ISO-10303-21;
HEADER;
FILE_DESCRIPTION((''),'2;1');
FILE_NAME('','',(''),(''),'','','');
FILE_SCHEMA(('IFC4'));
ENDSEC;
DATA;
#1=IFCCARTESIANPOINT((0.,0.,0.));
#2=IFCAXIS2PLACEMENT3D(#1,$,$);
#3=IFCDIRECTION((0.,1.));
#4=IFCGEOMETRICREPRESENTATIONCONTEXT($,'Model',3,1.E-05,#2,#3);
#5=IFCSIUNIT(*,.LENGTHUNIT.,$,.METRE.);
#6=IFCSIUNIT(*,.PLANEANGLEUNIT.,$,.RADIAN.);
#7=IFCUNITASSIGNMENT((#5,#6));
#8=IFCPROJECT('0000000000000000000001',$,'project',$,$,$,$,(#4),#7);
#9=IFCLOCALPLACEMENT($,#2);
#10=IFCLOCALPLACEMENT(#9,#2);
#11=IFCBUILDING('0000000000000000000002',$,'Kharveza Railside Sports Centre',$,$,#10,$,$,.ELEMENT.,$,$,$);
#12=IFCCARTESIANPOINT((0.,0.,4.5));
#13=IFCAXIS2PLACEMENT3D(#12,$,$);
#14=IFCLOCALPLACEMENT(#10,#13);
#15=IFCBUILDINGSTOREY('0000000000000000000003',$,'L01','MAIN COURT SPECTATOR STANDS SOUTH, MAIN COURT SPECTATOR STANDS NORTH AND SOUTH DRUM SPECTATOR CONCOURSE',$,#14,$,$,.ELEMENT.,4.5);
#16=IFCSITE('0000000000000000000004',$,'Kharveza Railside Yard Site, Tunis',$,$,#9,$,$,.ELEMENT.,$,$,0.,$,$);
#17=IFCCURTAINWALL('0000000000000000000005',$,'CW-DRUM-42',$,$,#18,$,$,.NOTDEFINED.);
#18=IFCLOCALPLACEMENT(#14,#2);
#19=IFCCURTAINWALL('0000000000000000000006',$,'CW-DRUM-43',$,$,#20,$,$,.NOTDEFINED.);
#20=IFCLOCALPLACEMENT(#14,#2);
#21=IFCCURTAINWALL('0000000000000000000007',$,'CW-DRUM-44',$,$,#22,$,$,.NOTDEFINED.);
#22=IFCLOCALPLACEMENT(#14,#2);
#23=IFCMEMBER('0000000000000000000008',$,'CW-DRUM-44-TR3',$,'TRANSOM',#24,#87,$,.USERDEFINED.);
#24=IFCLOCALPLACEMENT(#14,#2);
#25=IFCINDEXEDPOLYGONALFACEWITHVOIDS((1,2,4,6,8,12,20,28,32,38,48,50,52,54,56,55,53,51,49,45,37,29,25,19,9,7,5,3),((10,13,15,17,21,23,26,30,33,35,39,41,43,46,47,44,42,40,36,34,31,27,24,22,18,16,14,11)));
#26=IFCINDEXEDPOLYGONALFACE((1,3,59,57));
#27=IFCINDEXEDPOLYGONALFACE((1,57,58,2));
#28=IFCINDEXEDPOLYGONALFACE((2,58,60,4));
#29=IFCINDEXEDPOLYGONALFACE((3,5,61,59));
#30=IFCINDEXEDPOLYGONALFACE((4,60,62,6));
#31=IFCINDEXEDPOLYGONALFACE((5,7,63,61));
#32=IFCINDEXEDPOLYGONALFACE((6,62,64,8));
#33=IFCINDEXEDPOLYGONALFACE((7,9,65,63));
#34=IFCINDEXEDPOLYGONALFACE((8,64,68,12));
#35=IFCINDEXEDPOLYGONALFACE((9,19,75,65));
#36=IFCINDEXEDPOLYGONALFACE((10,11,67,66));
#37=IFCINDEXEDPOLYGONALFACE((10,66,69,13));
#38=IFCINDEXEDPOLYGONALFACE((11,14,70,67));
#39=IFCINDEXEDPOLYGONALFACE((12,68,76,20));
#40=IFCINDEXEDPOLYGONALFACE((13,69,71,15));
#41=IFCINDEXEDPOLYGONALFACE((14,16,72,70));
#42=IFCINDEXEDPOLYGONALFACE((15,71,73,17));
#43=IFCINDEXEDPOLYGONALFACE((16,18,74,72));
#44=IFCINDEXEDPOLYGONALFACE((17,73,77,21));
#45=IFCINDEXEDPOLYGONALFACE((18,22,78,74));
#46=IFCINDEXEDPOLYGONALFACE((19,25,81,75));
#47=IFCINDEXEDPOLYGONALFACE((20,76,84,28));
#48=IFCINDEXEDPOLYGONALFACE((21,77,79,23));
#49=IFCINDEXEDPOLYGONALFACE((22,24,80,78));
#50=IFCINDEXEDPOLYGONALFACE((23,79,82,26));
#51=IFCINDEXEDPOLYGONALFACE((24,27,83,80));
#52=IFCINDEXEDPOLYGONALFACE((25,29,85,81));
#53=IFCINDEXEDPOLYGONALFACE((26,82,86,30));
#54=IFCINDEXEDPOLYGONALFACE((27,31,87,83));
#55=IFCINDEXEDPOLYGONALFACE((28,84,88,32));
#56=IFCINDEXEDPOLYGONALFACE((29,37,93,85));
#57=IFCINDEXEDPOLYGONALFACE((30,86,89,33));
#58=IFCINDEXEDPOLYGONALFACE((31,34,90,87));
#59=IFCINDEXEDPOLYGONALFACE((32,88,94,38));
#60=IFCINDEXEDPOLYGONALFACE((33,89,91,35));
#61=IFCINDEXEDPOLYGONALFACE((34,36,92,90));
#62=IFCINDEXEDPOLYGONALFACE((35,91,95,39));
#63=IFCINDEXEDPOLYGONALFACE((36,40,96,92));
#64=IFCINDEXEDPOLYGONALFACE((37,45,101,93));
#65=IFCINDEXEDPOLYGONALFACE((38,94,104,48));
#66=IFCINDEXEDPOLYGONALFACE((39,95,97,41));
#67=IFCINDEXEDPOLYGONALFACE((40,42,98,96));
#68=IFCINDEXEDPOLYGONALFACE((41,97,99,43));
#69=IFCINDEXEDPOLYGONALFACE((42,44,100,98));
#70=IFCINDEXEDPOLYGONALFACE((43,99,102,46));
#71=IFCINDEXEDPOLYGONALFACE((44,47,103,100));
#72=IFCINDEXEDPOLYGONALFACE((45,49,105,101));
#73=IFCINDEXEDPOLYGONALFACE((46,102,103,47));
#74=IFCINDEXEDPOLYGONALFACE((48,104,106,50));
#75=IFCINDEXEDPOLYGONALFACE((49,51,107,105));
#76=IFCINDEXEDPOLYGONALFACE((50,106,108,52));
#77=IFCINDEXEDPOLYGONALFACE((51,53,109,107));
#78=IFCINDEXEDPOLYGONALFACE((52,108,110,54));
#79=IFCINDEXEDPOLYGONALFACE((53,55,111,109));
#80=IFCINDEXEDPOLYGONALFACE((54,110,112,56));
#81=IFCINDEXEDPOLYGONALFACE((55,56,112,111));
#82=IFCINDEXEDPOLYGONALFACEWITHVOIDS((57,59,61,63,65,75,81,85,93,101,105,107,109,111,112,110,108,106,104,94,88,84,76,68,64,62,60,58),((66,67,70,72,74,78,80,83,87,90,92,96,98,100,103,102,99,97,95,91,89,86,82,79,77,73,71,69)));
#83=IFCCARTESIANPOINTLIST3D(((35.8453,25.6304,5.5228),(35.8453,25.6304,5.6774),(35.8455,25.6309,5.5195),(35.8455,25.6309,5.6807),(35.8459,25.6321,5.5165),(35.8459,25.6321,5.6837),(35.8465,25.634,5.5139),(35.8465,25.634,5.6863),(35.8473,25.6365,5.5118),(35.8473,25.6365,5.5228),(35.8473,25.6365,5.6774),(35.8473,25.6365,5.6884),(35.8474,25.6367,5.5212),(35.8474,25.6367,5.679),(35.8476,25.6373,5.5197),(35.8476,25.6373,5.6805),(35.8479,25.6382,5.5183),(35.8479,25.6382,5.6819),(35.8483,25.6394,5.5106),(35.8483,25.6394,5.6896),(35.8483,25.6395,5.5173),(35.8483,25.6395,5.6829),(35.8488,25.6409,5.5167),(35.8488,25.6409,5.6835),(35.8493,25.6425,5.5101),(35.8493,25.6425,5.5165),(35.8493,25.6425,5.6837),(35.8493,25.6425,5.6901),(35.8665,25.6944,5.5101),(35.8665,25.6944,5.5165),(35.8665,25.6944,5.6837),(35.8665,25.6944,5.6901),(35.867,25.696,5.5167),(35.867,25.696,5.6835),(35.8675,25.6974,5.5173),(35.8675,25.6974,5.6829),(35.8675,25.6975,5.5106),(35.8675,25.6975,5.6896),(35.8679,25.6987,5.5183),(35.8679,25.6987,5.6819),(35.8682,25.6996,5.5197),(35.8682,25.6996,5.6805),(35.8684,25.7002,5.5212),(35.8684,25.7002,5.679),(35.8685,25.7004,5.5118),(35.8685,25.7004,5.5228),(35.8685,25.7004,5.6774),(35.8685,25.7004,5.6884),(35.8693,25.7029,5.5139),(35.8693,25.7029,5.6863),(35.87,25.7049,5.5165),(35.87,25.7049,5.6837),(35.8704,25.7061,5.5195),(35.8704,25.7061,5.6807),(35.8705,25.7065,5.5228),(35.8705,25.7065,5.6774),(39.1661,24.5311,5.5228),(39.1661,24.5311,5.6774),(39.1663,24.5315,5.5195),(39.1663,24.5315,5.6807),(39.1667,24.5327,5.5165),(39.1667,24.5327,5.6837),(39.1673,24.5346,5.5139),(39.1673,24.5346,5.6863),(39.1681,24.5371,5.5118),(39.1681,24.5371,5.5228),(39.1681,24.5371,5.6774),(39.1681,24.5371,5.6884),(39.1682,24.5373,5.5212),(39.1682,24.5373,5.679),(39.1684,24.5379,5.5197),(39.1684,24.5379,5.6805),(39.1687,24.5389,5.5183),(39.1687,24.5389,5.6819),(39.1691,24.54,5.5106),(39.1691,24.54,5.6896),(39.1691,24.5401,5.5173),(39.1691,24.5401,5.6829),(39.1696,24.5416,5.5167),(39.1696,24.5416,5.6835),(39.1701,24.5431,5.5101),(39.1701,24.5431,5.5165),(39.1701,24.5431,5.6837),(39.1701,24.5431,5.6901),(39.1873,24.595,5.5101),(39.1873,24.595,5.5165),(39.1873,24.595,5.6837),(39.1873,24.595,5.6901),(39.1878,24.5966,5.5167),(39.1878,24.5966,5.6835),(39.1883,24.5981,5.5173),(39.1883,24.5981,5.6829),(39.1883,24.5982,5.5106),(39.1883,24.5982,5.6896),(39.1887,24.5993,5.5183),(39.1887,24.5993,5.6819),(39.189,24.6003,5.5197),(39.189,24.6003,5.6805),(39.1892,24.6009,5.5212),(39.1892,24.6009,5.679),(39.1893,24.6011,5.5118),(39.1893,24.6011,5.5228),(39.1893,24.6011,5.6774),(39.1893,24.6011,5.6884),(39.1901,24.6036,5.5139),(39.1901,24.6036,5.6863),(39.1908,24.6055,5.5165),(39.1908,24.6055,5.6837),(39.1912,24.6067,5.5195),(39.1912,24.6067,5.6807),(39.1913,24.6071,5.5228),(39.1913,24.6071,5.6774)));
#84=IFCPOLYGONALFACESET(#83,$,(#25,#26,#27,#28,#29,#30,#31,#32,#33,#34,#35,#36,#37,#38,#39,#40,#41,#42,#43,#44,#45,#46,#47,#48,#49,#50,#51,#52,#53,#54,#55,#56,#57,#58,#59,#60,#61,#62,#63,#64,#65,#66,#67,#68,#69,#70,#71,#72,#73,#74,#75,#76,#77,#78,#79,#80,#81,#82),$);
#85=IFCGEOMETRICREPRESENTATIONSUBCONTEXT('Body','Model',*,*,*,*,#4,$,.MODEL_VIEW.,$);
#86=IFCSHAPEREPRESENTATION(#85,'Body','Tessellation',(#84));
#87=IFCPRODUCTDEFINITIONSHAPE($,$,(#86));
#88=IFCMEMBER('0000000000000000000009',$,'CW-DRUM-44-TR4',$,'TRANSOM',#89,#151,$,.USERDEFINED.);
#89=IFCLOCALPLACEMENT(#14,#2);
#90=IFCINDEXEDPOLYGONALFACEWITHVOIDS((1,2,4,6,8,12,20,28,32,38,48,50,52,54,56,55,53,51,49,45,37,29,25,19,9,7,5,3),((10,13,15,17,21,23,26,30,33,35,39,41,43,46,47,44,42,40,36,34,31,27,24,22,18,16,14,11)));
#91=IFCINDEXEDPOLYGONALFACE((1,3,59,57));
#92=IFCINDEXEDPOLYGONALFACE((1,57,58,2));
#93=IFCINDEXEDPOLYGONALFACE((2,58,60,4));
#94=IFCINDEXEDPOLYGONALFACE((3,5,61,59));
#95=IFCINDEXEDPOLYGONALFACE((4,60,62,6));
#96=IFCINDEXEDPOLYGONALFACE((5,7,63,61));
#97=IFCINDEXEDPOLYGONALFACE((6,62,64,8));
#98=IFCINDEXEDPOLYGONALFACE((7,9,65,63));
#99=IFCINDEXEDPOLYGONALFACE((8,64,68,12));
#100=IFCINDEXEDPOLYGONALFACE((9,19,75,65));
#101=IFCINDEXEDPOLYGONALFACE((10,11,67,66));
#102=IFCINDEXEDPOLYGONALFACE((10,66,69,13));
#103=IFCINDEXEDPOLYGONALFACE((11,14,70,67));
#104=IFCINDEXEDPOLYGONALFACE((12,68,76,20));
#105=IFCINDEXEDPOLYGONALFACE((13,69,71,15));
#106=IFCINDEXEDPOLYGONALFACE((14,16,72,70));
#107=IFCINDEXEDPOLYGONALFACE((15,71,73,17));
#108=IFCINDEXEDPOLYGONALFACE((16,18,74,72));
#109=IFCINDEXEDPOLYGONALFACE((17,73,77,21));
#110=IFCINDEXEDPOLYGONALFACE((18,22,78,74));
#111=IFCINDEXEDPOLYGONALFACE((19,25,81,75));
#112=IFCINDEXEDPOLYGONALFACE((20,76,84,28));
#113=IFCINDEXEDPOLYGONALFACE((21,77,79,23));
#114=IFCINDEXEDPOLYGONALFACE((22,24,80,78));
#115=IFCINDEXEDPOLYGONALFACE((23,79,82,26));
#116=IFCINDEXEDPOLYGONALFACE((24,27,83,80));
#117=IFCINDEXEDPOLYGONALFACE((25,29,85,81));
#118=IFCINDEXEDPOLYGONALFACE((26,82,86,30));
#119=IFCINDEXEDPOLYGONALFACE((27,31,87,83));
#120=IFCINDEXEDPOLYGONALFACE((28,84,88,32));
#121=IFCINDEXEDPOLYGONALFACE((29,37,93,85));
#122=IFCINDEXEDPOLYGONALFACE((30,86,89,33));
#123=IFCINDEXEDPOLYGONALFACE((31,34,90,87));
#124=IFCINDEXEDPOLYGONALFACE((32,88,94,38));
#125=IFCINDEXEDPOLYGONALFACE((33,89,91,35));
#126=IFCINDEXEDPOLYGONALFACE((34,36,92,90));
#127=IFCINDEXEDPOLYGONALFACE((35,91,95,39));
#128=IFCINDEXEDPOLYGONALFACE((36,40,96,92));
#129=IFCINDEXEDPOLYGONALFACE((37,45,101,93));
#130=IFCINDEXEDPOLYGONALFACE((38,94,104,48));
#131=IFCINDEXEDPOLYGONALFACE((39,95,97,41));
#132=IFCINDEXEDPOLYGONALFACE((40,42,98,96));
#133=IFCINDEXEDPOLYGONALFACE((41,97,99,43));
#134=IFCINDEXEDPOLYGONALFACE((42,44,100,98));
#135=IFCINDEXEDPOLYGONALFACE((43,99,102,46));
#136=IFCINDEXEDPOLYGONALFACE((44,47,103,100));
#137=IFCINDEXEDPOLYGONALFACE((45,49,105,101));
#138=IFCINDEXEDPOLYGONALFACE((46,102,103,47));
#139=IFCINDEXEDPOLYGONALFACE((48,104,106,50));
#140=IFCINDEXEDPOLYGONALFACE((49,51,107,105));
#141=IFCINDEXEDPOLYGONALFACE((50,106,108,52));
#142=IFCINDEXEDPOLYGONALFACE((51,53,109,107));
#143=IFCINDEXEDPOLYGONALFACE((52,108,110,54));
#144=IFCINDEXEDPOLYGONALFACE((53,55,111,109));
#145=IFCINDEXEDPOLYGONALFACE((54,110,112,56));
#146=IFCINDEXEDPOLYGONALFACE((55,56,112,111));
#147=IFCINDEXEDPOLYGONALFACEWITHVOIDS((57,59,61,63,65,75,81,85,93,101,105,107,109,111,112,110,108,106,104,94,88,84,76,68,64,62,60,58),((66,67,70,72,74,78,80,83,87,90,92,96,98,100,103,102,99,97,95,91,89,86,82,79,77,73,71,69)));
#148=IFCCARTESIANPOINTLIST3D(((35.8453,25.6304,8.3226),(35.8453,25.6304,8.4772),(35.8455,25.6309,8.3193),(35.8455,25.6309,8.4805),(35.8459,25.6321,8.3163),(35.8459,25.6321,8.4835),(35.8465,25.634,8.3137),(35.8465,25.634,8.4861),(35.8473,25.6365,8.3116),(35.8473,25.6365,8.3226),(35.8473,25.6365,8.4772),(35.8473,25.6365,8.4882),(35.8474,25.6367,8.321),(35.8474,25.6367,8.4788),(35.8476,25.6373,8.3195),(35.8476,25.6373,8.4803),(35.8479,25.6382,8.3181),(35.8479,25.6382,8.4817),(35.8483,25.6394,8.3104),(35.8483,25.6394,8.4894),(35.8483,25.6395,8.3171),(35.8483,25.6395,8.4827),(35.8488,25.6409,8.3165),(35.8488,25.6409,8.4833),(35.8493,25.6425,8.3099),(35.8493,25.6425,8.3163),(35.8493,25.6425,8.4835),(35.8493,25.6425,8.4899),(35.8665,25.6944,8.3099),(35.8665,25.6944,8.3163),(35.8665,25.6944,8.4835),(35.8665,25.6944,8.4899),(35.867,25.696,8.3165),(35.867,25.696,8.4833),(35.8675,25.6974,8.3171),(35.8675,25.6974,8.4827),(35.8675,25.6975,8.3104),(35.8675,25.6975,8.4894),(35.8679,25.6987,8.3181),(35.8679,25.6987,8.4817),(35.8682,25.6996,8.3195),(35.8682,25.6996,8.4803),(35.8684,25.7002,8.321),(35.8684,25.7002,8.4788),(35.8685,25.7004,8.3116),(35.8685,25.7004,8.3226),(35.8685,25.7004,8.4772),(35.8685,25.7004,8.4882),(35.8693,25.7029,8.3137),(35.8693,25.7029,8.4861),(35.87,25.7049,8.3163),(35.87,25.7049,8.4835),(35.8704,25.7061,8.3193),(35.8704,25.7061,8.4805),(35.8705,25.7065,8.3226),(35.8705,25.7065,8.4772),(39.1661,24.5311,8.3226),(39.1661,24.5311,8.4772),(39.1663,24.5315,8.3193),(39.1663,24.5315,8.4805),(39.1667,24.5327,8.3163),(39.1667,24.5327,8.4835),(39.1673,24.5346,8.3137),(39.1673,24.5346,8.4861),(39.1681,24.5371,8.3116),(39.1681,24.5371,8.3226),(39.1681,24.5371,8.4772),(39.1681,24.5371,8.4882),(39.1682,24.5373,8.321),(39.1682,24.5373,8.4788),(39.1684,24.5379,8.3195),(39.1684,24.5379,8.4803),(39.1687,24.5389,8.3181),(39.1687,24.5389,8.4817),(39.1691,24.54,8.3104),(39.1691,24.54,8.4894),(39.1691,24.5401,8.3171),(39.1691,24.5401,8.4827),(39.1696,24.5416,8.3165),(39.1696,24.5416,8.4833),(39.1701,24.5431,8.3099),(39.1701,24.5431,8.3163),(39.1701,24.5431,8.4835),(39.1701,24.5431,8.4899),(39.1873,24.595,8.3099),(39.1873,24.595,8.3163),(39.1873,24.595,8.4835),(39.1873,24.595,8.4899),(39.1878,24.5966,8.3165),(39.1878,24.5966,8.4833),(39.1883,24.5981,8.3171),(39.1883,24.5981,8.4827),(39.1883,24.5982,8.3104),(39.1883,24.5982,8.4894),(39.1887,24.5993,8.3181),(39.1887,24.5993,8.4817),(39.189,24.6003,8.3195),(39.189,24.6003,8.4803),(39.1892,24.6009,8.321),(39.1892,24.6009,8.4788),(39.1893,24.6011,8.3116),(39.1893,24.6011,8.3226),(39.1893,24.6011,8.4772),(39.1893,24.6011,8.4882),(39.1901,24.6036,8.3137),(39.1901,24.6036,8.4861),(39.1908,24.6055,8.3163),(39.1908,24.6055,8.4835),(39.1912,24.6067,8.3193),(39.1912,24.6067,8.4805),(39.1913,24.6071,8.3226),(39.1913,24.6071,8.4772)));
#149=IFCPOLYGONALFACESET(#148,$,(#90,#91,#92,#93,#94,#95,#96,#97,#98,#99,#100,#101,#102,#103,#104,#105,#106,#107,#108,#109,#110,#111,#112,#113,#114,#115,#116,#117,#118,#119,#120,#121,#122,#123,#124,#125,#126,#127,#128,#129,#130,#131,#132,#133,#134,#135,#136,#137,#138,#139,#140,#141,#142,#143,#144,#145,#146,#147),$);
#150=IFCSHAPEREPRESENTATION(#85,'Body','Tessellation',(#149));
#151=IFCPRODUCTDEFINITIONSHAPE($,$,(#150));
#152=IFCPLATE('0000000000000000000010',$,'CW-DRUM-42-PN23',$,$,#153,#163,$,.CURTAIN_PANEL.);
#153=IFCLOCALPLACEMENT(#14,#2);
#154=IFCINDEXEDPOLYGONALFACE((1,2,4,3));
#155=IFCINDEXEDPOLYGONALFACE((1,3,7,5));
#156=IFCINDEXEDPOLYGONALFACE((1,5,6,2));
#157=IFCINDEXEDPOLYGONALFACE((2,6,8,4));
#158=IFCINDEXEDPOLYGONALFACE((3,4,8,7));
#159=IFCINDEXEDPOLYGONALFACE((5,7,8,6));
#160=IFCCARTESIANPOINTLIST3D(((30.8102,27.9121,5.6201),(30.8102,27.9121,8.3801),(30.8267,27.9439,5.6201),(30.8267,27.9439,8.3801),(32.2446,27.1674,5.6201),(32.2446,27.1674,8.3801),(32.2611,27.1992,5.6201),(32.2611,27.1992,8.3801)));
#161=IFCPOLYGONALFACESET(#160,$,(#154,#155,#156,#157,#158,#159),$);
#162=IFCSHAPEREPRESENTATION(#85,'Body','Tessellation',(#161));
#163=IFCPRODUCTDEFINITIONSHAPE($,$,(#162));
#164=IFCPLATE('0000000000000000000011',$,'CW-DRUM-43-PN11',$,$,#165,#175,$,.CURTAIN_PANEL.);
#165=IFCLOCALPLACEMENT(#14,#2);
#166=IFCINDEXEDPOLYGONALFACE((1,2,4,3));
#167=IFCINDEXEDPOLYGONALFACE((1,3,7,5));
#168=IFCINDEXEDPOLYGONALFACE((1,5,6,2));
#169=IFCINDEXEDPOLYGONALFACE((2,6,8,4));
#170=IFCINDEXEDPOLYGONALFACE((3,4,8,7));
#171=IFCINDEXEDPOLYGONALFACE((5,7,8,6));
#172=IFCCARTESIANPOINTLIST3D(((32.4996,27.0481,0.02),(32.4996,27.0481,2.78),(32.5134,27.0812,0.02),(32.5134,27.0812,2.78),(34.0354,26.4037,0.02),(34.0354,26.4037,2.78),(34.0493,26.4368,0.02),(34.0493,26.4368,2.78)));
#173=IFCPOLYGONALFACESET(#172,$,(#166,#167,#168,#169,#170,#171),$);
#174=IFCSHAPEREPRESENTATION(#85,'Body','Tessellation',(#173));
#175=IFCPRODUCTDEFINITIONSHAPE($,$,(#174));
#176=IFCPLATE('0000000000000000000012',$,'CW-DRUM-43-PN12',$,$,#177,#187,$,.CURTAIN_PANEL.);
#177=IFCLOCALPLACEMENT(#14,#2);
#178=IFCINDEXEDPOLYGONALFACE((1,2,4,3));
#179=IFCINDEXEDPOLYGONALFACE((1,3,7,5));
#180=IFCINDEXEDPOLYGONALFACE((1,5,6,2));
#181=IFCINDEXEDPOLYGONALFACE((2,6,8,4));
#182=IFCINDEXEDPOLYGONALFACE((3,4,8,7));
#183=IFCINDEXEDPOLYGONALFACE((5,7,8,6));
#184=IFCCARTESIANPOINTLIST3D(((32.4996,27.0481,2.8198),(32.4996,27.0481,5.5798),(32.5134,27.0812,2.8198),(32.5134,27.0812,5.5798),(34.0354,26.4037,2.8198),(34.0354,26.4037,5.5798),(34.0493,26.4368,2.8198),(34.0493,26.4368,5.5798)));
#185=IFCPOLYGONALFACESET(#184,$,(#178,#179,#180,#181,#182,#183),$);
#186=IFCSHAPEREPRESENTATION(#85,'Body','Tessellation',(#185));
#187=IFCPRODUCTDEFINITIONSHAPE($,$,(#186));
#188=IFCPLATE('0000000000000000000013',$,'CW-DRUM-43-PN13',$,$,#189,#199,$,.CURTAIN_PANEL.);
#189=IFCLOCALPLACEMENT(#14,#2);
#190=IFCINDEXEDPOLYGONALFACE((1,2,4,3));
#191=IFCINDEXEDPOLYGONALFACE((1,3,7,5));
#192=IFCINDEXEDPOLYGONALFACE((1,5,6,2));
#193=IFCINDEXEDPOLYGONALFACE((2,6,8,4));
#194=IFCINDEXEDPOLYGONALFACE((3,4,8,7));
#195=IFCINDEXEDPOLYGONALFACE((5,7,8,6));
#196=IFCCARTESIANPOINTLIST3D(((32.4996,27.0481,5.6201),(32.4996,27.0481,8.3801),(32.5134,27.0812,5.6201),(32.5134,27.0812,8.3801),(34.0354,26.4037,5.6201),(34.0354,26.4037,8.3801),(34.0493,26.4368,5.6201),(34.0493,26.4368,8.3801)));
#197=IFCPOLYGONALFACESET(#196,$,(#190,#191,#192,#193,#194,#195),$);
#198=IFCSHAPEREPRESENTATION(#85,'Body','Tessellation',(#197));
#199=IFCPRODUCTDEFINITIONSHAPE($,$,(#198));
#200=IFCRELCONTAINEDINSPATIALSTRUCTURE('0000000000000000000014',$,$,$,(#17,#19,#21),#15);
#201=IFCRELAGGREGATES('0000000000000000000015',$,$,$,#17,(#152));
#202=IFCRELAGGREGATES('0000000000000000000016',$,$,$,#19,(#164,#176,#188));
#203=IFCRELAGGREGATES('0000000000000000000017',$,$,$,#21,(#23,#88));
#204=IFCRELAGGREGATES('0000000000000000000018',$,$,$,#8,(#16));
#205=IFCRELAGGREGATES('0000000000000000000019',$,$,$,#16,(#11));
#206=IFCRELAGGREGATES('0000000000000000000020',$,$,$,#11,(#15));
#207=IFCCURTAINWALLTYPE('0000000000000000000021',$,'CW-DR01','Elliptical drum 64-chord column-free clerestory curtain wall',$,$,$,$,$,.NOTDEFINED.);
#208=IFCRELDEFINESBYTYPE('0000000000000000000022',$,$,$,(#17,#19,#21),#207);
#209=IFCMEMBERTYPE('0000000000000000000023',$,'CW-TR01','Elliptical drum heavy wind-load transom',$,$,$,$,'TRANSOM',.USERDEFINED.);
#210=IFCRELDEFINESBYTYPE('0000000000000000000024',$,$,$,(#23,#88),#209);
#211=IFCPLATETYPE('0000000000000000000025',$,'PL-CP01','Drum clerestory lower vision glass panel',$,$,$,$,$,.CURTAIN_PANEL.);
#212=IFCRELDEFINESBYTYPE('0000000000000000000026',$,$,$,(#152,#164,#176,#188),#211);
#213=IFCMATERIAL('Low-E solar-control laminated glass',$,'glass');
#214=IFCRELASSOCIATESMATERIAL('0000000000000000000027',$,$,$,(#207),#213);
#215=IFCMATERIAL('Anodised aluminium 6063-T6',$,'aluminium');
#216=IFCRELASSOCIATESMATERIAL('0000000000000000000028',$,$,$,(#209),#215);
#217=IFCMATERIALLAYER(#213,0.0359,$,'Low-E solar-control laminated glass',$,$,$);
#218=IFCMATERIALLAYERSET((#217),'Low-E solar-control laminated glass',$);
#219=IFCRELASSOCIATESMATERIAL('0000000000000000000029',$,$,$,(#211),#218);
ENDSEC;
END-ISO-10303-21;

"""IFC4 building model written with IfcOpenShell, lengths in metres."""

from ifc_helpers import new_model, si_unit, direction, frame, origin, origin_2d, place, context, subcontext, project, spatial, rectangle, hollow_rectangle, extrude, material, layer, layer_set, material_profile, profile_set, type_object, element, aggregate, save


model = new_model("IFC4")

# Units and contexts
model_context = context("Model", 3, precision=1e-05, world=origin(), true_north=direction((0.0, 1.0)))
body_context = subcontext(model_context, "Body", "Model", "MODEL_VIEW")
ifc_project = project(units=[si_unit("LENGTHUNIT", "METRE"), si_unit("PLANEANGLEUNIT", "RADIAN")], contexts=[model_context])

# Site, building, storey
site_placement = place(None, origin())
site = spatial("IfcSite", under=ifc_project, at=site_placement, Name="Kharveza Railside Yard Site, Tunis", CompositionType="ELEMENT", RefElevation=0.0)
building_placement = place(site_placement, origin())
building = spatial("IfcBuilding", under=site, at=building_placement, Name="Kharveza Railside Sports Centre", CompositionType="ELEMENT")
storey_placement = place(building_placement, frame((0.0, 0.0, 4.5)))
storey = spatial("IfcBuildingStorey", under=building, at=storey_placement, Name="L01", Description="MAIN COURT SPECTATOR STANDS SOUTH, MAIN COURT SPECTATOR STANDS NORTH AND SOUTH DRUM SPECTATOR CONCOURSE", CompositionType="ELEMENT", Elevation=4.5)

# Curtain wall
ifc_material_1 = material(Name="Low-E solar-control laminated glass", Category="glass")
curtain_wall_type = type_object("IfcCurtainWallType", Name="CW-DR01", Description="Elliptical drum 64-chord column-free clerestory curtain wall", PredefinedType="NOTDEFINED", material=ifc_material_1)
curtain_wall_1_placement = place(storey_placement, origin())
curtain_wall_1 = element("IfcCurtainWall", 1, at=curtain_wall_1_placement, inside=storey, type_object=curtain_wall_type, Name="CW-DRUM-42", PredefinedType="NOTDEFINED")
ifc_material_2 = material(Name="Anodised aluminium 6063-T6", Category="aluminium")

# Curtain walls
curtain_wall_2_placement = place(storey_placement, origin())
curtain_wall_2 = element("IfcCurtainWall", 2, at=curtain_wall_2_placement, inside=storey, type_object=curtain_wall_type, Name="CW-DRUM-43", PredefinedType="NOTDEFINED")
curtain_wall_3_placement = place(storey_placement, origin())
curtain_wall_3 = element("IfcCurtainWall", 3, at=curtain_wall_3_placement, inside=storey, type_object=curtain_wall_type, Name="CW-DRUM-44", PredefinedType="NOTDEFINED")

# Members
ifc_material_profile_1 = material_profile(ifc_material_2, hollow_rectangle(XDim=0.0801, YDim=0.1799, WallThickness=0.0063, InnerFilletRadius=0.0063, OuterFilletRadius=0.0127, at=origin_2d()), Name="RHS 80x180x6.3")
ifc_profile_set_1 = profile_set([ifc_material_profile_1], Name="Anodised aluminium 6063-T6")
member_type_1 = type_object("IfcMemberType", Name="CW-TR01", Description="Elliptical drum heavy wind-load transom", ElementType="TRANSOM", PredefinedType="USERDEFINED", material=ifc_profile_set_1)
member_1_placement = place(storey_placement, frame((35.8579, 25.6685, 5.6001), z_axis=(0.94933, -0.31428, 0.0), x_axis=(0.31428, 0.94933, 0.0)))
member_1 = element("IfcMember", 4, at=member_1_placement, type_object=member_type_1, Name="CW-DRUM-44-TR3", ObjectType="TRANSOM", PredefinedType="USERDEFINED", context=body_context, shape_type="SweptSolid", body=[
    extrude(hollow_rectangle(XDim=0.0801, YDim=0.1799, WallThickness=0.0063, InnerFilletRadius=0.0063, OuterFilletRadius=0.0127, at=origin_2d()), origin(), (0.0, 0.0, 1.0), 3.498),
])
member_2_placement = place(storey_placement, frame((35.8579, 25.6685, 8.3999), z_axis=(0.94933, -0.31428, 0.0), x_axis=(0.31428, 0.94933, 0.0)))
member_2 = element("IfcMember", 5, at=member_2_placement, type_object=member_type_1, Name="CW-DRUM-44-TR4", ObjectType="TRANSOM", PredefinedType="USERDEFINED", context=body_context, shape_type="SweptSolid", body=[
    extrude(hollow_rectangle(XDim=0.0801, YDim=0.1799, WallThickness=0.0063, InnerFilletRadius=0.0063, OuterFilletRadius=0.0127, at=origin_2d()), origin(), (0.0, 0.0, 1.0), 3.498),
])

# Plates
ifc_layer_1 = layer(ifc_material_1, 0.0359, Name="Low-E solar-control laminated glass")
ifc_layer_set_1 = layer_set([ifc_layer_1], Name="Low-E solar-control laminated glass")
plate_type = type_object("IfcPlateType", Name="PL-CP01", Description="Drum clerestory lower vision glass panel", PredefinedType="CURTAIN_PANEL", material=ifc_layer_set_1)
plate_1_placement = place(storey_placement, frame((31.5356, 27.5557, 5.6201), z_axis=(0.0, 0.0, 1.0), x_axis=(0.887526, -0.460758, 0.0)))
plate_1 = element("IfcPlate", 6, at=plate_1_placement, type_object=plate_type, Name="CW-DRUM-42-PN23", PredefinedType="CURTAIN_PANEL", context=body_context, shape_type="SweptSolid", body=[
    extrude(rectangle(XDim=1.6162, YDim=0.0359, at=origin_2d()), origin(), (0.0, 0.0, 1.0), 2.76),
])
aggregate(curtain_wall_1, [plate_1])
plate_2_placement = place(storey_placement, frame((33.2744, 26.7424, 0.02), z_axis=(0.0, 0.0, 1.0), x_axis=(0.922127, -0.386888, 0.0)))
plate_2 = element("IfcPlate", 7, at=plate_2_placement, type_object=plate_type, Name="CW-DRUM-43-PN11", PredefinedType="CURTAIN_PANEL", context=body_context, shape_type="SweptSolid", body=[
    extrude(rectangle(XDim=1.6655, YDim=0.0359, at=origin_2d()), origin(), (0.0, 0.0, 1.0), 2.76),
])
plate_3_placement = place(storey_placement, frame((33.2744, 26.7424, 2.8198), z_axis=(0.0, 0.0, 1.0), x_axis=(0.922127, -0.386888, 0.0)))
plate_3 = element("IfcPlate", 8, at=plate_3_placement, type_object=plate_type, Name="CW-DRUM-43-PN12", PredefinedType="CURTAIN_PANEL", context=body_context, shape_type="SweptSolid", body=[
    extrude(rectangle(XDim=1.6655, YDim=0.0359, at=origin_2d()), origin(), (0.0, 0.0, 1.0), 2.76),
])
plate_4_placement = place(storey_placement, frame((33.2744, 26.7424, 5.6201), z_axis=(0.0, 0.0, 1.0), x_axis=(0.922127, -0.386888, 0.0)))
plate_4 = element("IfcPlate", 9, at=plate_4_placement, type_object=plate_type, Name="CW-DRUM-43-PN13", PredefinedType="CURTAIN_PANEL", context=body_context, shape_type="SweptSolid", body=[
    extrude(rectangle(XDim=1.6655, YDim=0.0359, at=origin_2d()), origin(), (0.0, 0.0, 1.0), 2.76),
])
aggregate(curtain_wall_2, [plate_2, plate_3, plate_4])
aggregate(curtain_wall_3, [member_1, member_2])

save(model, "model.ifc")
